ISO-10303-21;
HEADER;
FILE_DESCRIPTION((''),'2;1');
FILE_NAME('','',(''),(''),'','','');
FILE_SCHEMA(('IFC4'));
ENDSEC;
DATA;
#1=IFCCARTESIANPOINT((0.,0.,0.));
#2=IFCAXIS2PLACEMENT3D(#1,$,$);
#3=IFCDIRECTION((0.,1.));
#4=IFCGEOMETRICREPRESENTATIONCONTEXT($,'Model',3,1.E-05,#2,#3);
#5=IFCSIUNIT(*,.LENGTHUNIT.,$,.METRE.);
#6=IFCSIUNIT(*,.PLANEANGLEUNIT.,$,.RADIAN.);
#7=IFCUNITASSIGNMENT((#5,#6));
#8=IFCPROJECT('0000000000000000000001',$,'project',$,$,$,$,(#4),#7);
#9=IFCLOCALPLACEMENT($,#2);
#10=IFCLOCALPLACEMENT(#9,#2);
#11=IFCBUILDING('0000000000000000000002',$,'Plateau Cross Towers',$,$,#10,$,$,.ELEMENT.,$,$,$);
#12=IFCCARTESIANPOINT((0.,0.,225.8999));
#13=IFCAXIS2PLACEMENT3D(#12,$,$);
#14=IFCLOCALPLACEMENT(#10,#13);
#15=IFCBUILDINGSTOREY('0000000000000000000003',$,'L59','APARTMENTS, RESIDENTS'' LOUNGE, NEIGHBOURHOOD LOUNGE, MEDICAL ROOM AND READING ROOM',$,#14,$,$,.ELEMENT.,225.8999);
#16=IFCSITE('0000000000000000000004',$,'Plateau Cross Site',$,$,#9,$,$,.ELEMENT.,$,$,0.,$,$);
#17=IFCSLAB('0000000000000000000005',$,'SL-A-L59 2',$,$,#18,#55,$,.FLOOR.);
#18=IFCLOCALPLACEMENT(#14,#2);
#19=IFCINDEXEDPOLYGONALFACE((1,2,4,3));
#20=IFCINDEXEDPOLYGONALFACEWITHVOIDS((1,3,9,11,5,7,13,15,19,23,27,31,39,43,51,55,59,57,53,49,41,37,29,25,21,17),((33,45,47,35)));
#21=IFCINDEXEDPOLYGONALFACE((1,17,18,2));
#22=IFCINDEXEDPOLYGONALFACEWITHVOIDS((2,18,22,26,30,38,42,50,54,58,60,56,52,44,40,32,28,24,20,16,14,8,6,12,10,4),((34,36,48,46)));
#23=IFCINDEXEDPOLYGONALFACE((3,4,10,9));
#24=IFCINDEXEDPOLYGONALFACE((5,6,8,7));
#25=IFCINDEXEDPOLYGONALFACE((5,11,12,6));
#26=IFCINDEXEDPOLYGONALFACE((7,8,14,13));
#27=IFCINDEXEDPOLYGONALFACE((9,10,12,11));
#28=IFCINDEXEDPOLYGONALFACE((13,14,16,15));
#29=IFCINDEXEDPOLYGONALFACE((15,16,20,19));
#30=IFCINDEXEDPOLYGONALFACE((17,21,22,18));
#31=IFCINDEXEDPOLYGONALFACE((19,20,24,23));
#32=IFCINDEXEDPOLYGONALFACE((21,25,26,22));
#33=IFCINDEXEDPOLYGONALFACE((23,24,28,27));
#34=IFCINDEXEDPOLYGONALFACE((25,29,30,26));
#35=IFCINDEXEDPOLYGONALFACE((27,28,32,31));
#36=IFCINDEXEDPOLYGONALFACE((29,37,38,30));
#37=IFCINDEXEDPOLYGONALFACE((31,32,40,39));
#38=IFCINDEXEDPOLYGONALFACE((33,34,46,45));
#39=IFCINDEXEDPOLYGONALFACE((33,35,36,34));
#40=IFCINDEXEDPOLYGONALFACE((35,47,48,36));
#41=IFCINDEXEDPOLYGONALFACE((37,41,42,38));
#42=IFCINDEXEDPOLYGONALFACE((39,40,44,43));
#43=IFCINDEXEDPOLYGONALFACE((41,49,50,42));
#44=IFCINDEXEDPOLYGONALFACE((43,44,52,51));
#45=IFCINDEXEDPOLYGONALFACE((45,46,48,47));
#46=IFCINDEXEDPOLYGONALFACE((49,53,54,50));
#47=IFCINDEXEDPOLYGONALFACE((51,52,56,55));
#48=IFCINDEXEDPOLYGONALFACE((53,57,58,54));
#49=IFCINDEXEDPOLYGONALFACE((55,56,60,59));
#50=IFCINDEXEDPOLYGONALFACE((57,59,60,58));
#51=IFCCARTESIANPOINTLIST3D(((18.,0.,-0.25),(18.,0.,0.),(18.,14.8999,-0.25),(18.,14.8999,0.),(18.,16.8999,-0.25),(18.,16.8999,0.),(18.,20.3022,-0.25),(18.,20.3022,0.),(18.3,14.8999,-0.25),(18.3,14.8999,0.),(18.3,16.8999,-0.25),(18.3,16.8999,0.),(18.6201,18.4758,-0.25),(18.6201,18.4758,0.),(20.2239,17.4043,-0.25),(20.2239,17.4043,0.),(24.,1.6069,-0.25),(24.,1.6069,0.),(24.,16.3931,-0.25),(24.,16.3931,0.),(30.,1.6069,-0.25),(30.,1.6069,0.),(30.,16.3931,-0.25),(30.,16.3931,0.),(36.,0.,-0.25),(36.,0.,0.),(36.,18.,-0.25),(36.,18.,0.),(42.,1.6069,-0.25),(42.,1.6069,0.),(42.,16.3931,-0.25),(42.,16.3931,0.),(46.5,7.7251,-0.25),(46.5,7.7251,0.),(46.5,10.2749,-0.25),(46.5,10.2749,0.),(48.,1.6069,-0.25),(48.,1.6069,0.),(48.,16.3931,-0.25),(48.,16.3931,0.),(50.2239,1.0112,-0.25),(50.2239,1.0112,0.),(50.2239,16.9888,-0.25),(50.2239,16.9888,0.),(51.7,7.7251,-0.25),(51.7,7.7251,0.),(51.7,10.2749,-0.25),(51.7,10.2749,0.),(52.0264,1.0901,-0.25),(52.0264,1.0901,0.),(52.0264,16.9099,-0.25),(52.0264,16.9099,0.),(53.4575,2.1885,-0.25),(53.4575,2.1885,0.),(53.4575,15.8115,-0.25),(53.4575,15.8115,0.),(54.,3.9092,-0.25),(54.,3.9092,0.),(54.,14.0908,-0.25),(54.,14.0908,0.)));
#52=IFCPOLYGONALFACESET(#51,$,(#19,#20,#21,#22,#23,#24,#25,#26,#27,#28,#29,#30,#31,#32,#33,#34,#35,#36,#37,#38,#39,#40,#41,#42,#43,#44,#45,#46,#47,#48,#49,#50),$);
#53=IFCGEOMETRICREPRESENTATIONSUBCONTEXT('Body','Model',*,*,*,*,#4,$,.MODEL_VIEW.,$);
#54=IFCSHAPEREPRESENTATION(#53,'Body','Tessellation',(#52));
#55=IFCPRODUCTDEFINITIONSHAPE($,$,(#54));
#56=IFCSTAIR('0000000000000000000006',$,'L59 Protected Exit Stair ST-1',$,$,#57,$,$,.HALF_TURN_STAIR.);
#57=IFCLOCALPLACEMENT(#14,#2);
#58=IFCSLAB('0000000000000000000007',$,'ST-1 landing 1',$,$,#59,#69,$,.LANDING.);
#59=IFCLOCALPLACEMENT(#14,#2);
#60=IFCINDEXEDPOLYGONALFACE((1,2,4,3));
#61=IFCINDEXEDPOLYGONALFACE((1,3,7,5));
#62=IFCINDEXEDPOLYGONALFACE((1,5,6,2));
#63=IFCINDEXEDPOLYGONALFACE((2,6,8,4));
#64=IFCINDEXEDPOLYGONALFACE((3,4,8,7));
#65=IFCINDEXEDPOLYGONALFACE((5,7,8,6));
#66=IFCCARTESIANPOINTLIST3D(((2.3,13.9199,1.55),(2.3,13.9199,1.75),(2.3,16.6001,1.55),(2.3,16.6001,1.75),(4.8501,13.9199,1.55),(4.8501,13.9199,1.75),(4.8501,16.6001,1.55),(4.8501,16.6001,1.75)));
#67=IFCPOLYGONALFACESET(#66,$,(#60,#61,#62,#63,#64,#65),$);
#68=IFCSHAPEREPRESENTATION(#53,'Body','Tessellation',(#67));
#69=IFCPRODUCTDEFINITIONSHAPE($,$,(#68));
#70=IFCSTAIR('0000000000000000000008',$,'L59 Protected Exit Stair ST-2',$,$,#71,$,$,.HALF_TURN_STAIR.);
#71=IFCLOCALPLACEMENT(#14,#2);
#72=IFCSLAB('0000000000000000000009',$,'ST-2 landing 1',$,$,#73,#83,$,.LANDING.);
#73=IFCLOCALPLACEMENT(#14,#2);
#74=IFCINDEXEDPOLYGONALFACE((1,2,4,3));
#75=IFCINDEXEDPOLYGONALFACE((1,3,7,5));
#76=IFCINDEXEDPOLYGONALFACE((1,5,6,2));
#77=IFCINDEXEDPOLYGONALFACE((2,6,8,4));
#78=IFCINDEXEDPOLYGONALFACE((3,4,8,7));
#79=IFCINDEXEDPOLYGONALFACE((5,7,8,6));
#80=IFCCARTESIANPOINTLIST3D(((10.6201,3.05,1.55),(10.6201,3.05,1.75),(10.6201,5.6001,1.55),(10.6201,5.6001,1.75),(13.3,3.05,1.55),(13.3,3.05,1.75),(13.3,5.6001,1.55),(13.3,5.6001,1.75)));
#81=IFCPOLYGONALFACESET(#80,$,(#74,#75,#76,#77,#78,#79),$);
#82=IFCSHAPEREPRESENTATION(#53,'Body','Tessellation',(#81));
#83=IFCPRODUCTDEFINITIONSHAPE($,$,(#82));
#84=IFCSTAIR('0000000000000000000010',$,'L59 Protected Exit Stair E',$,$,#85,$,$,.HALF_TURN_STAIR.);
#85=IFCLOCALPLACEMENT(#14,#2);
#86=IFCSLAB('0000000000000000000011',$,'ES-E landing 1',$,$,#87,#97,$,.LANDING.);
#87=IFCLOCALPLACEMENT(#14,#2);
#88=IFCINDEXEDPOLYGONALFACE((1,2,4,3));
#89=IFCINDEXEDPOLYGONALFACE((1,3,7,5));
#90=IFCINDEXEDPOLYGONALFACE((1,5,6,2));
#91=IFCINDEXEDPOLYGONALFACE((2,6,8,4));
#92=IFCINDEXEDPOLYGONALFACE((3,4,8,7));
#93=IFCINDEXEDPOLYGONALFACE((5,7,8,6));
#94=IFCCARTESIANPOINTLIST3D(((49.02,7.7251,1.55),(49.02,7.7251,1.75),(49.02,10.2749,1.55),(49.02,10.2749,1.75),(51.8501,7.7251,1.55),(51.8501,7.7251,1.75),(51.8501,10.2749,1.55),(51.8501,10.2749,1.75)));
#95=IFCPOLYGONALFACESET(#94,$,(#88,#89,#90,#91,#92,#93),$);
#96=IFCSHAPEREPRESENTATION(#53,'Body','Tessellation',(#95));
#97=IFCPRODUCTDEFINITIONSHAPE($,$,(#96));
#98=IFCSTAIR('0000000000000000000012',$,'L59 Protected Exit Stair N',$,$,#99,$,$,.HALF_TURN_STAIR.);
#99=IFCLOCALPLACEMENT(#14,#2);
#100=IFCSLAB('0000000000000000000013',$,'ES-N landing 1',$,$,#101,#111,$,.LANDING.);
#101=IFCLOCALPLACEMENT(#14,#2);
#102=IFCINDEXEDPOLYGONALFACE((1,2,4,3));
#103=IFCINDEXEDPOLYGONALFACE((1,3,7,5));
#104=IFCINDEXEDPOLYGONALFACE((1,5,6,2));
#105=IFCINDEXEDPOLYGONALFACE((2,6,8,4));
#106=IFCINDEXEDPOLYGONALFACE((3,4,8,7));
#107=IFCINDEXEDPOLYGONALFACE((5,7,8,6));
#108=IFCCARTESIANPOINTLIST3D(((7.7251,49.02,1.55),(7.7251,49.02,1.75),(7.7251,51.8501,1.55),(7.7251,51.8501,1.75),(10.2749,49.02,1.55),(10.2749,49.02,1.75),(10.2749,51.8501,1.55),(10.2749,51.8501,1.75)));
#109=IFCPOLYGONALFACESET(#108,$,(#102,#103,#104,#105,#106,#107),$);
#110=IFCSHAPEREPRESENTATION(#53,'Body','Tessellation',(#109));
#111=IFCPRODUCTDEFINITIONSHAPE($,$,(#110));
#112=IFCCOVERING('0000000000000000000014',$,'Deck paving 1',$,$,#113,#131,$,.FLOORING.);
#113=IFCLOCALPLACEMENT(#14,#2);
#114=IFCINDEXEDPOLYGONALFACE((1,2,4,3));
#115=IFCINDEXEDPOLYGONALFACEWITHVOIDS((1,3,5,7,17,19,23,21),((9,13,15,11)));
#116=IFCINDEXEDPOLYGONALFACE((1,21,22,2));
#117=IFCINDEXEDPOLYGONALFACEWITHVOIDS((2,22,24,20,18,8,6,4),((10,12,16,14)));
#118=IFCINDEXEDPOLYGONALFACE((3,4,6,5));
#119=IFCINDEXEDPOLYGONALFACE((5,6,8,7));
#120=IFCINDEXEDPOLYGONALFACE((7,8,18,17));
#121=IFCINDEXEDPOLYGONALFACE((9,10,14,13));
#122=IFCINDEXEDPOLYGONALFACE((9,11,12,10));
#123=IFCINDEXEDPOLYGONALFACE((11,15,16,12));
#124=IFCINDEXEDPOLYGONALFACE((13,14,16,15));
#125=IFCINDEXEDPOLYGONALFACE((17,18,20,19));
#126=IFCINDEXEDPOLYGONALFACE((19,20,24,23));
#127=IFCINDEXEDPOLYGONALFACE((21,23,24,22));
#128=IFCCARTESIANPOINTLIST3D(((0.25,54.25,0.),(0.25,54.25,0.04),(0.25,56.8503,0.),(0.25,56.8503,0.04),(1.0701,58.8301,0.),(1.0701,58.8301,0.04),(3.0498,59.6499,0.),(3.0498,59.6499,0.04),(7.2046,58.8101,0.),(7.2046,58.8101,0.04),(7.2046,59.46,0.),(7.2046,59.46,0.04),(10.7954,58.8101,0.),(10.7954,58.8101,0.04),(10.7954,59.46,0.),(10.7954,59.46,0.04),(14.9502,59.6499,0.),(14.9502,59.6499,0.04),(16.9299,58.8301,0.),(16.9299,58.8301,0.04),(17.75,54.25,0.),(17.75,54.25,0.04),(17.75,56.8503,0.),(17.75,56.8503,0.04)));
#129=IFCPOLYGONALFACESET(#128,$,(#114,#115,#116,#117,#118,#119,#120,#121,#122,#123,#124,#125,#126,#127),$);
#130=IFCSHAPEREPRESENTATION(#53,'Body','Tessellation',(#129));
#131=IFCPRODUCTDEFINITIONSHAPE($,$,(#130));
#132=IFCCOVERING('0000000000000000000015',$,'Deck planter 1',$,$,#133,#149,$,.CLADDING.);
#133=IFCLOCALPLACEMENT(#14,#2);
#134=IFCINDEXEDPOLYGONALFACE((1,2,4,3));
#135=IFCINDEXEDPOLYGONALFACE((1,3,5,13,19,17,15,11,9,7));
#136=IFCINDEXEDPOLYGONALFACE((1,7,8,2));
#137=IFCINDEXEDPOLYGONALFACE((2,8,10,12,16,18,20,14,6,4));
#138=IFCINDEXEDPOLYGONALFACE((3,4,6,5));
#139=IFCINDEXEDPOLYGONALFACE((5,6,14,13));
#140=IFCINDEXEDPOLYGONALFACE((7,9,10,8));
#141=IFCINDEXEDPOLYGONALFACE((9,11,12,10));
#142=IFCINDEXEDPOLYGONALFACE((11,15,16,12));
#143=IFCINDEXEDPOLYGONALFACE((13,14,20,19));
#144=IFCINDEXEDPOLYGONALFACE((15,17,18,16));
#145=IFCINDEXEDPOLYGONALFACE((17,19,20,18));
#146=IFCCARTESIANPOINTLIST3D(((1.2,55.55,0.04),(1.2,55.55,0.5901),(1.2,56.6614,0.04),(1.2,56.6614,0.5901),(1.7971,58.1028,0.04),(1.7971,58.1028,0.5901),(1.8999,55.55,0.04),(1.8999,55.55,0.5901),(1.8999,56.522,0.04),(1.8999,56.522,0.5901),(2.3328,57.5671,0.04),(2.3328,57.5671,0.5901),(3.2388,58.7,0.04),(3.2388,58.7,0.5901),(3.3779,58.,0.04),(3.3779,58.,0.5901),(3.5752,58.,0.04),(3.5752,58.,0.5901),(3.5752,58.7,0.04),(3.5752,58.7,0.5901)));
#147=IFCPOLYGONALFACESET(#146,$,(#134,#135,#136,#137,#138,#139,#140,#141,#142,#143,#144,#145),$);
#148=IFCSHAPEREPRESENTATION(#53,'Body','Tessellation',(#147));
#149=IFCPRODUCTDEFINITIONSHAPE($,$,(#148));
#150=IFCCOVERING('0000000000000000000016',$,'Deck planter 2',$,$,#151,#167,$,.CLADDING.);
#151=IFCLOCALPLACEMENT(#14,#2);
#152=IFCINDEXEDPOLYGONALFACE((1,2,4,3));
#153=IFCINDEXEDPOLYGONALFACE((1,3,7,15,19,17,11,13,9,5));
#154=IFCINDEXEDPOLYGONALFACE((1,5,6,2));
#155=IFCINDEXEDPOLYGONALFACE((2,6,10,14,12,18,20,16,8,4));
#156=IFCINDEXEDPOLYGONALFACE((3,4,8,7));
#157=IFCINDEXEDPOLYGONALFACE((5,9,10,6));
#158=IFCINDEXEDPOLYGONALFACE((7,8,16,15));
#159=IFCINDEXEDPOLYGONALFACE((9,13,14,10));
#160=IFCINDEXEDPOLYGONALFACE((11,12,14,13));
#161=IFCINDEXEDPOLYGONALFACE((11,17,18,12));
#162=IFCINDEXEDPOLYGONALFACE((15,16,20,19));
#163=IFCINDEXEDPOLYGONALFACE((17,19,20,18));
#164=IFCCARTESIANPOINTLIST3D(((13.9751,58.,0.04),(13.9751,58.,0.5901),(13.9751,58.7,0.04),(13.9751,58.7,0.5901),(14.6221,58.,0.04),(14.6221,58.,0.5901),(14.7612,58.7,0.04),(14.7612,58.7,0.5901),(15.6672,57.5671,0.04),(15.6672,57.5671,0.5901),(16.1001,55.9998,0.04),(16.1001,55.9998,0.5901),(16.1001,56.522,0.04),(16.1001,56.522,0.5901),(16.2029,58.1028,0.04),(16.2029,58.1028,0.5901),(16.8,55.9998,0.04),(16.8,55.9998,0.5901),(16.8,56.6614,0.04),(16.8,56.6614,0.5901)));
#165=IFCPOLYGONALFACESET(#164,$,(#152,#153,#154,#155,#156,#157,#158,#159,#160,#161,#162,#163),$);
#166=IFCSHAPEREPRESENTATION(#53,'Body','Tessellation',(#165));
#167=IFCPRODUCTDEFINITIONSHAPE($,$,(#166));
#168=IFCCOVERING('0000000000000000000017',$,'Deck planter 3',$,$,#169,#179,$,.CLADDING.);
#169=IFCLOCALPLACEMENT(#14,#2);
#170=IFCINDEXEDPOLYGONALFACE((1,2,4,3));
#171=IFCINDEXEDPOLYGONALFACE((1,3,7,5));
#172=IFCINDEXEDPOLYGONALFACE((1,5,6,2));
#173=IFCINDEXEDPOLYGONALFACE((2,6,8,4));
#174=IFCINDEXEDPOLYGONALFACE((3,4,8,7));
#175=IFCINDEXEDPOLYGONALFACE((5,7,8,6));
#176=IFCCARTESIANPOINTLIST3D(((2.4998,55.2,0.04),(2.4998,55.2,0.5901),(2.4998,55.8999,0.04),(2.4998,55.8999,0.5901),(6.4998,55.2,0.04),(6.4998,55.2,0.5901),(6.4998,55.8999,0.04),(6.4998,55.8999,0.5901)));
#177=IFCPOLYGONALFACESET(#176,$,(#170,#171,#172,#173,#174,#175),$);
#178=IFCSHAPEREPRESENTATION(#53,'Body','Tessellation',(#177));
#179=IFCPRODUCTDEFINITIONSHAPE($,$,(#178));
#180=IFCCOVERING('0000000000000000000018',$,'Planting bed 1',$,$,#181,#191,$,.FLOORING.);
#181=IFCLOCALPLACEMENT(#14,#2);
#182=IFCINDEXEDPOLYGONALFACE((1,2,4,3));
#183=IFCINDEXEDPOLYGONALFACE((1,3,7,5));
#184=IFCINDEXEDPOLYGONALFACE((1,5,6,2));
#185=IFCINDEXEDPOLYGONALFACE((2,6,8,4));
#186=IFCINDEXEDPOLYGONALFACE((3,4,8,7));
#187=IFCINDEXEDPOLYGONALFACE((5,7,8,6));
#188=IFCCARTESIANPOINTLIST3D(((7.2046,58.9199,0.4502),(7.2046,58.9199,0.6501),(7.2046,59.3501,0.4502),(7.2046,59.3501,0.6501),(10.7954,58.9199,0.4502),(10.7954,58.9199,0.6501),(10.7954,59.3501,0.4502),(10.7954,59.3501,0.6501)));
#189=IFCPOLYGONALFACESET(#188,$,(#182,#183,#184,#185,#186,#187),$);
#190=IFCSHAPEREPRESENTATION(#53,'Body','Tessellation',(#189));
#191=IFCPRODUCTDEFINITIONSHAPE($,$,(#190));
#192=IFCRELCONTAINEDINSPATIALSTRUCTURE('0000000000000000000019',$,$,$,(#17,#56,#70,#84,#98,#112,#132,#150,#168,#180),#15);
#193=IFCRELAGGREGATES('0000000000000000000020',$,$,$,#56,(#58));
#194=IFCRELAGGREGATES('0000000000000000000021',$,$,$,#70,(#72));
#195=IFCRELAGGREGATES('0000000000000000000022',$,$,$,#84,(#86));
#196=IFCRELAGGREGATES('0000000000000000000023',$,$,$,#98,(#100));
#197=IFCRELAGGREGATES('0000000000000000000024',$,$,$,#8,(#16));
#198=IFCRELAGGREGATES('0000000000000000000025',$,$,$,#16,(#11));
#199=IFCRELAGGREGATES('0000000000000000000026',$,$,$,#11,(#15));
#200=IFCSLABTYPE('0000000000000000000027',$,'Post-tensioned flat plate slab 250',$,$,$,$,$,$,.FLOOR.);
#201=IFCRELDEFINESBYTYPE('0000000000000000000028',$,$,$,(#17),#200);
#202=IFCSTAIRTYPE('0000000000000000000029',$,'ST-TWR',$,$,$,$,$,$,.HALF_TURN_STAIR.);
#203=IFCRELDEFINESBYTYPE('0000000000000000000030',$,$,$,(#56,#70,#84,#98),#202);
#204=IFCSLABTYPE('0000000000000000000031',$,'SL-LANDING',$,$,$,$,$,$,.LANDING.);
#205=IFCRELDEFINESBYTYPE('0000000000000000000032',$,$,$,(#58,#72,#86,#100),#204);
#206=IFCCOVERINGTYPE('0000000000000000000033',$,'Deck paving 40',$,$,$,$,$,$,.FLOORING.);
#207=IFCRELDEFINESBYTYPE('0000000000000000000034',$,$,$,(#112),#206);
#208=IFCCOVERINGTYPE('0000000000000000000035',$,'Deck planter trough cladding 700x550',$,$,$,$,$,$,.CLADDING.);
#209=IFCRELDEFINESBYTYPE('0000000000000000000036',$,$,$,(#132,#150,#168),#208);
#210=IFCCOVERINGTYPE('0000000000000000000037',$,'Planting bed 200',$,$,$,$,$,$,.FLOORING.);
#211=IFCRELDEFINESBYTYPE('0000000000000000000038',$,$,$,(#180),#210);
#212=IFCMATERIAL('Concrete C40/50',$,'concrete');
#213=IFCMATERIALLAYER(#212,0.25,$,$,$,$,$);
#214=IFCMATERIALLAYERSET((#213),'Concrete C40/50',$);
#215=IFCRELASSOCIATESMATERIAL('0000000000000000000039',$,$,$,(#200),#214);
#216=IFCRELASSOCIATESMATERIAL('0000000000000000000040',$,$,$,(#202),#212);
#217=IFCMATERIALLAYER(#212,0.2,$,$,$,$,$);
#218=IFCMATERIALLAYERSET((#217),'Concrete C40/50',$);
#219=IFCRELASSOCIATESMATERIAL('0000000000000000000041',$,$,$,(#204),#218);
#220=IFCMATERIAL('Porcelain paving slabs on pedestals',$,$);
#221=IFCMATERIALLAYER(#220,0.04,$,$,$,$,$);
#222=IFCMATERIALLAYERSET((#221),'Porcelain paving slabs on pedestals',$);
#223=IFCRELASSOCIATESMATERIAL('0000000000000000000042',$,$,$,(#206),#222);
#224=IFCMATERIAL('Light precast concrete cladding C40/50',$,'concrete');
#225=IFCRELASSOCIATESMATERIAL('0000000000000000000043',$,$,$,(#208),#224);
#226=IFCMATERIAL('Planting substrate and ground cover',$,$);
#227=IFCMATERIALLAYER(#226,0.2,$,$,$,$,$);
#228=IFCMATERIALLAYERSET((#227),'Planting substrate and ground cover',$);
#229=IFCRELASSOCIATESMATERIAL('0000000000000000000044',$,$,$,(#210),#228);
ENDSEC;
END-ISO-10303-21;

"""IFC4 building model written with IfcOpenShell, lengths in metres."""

from ifc_helpers import new_model, si_unit, direction, frame, origin, place, context, subcontext, project, spatial, polyline, outline, extrude, material, layer, layer_set, type_object, element, aggregate, save


model = new_model("IFC4")

# Units and contexts
model_context = context("Model", 3, precision=1e-05, world=origin(), true_north=direction((0.0, 1.0)))
body_context = subcontext(model_context, "Body", "Model", "MODEL_VIEW")
ifc_project = project(units=[si_unit("LENGTHUNIT", "METRE"), si_unit("PLANEANGLEUNIT", "RADIAN")], contexts=[model_context])

# Site, building, storey
site_placement = place(None, origin())
site = spatial("IfcSite", under=ifc_project, at=site_placement, Name="Plateau Cross Site", CompositionType="ELEMENT", RefElevation=0.0)
building_placement = place(site_placement, origin())
building = spatial("IfcBuilding", under=site, at=building_placement, Name="Plateau Cross Towers", CompositionType="ELEMENT")
storey_placement = place(building_placement, frame((0.0, 0.0, 225.8999)))
storey = spatial("IfcBuildingStorey", under=building, at=storey_placement, Name="L59", Description="APARTMENTS, RESIDENTS' LOUNGE, NEIGHBOURHOOD LOUNGE, MEDICAL ROOM AND READING ROOM", CompositionType="ELEMENT", Elevation=225.8999)

# Shared definitions
ifc_material_1 = material(Name="Concrete C40/50", Category="concrete")

# Slab
ifc_layer_1 = layer(ifc_material_1, 0.25)
ifc_layer_set_1 = layer_set([ifc_layer_1], Name="Concrete C40/50")
slab_type_1 = type_object("IfcSlabType", Name="Post-tensioned flat plate slab 250", PredefinedType="FLOOR", material=ifc_layer_set_1)
slab_1_placement = place(storey_placement, frame((0.0, 0.0, -0.25)))
element("IfcSlab", 1, at=slab_1_placement, inside=storey, type_object=slab_type_1, Name="SL-A-L59 2", PredefinedType="FLOOR", context=body_context, shape_type="SweptSolid", body=[
    extrude(outline(polyline([(18.6201, 18.4758), (20.2239, 17.4043), (24.0, 16.3931), (30.0, 16.3931), (36.0, 18.0), (42.0, 16.3931), (48.0, 16.3931), (50.2239, 16.9888), (52.0264, 16.9099), (53.4575, 15.8115), (54.0, 14.0908), (54.0, 3.9092), (53.4575, 2.1885), (52.0264, 1.0901), (50.2239, 1.0112), (48.0, 1.6069), (42.0, 1.6069), (36.0, 0.0), (30.0, 1.6069), (24.0, 1.6069), (18.0, 0.0), (18.0, 14.8999), (18.3, 14.8999), (18.3, 16.8999), (18.0, 16.8999), (18.0, 20.3022), (18.6201, 18.4758)]), holes=[polyline([(46.5, 10.2749), (46.5, 7.7251), (51.7, 7.7251), (51.7, 10.2749), (46.5, 10.2749)])]), origin(), (0.0, 0.0, 1.0), 0.25),
])

# Stairs, slabs
stair_type = type_object("IfcStairType", Name="ST-TWR", PredefinedType="HALF_TURN_STAIR", material=ifc_material_1)
stair_1_placement = place(storey_placement, origin())
stair_1 = element("IfcStair", 2, at=stair_1_placement, inside=storey, type_object=stair_type, Name="L59 Protected Exit Stair ST-1", PredefinedType="HALF_TURN_STAIR")
ifc_layer_2 = layer(ifc_material_1, 0.2)
ifc_layer_set_2 = layer_set([ifc_layer_2], Name="Concrete C40/50")
slab_type_2 = type_object("IfcSlabType", Name="SL-LANDING", PredefinedType="LANDING", material=ifc_layer_set_2)
slab_2_placement = place(storey_placement, frame((0.0, 0.0, 1.55)))
slab_2 = element("IfcSlab", 3, at=slab_2_placement, type_object=slab_type_2, Name="ST-1 landing 1", PredefinedType="LANDING", context=body_context, shape_type="SweptSolid", body=[
    extrude(outline(polyline([(4.8501, 13.9199), (4.8501, 16.6001), (2.3, 16.6001), (2.3, 13.9199), (4.8501, 13.9199)])), origin(), (0.0, 0.0, 1.0), 0.2),
])
aggregate(stair_1, [slab_2])
stair_2_placement = place(storey_placement, origin())
stair_2 = element("IfcStair", 4, at=stair_2_placement, inside=storey, type_object=stair_type, Name="L59 Protected Exit Stair ST-2", PredefinedType="HALF_TURN_STAIR")
slab_3_placement = place(storey_placement, frame((0.0, 0.0, 1.55)))
slab_3 = element("IfcSlab", 5, at=slab_3_placement, type_object=slab_type_2, Name="ST-2 landing 1", PredefinedType="LANDING", context=body_context, shape_type="SweptSolid", body=[
    extrude(outline(polyline([(10.6201, 3.05), (13.3, 3.05), (13.3, 5.6001), (10.6201, 5.6001), (10.6201, 3.05)])), origin(), (0.0, 0.0, 1.0), 0.2),
])
aggregate(stair_2, [slab_3])
stair_3_placement = place(storey_placement, origin())
stair_3 = element("IfcStair", 6, at=stair_3_placement, inside=storey, type_object=stair_type, Name="L59 Protected Exit Stair E", PredefinedType="HALF_TURN_STAIR")
slab_4_placement = place(storey_placement, frame((0.0, 0.0, 1.55)))
slab_4 = element("IfcSlab", 7, at=slab_4_placement, type_object=slab_type_2, Name="ES-E landing 1", PredefinedType="LANDING", context=body_context, shape_type="SweptSolid", body=[
    extrude(outline(polyline([(49.02, 7.7251), (51.8501, 7.7251), (51.8501, 10.2749), (49.02, 10.2749), (49.02, 7.7251)])), origin(), (0.0, 0.0, 1.0), 0.2),
])
aggregate(stair_3, [slab_4])
stair_4_placement = place(storey_placement, origin())
stair_4 = element("IfcStair", 8, at=stair_4_placement, inside=storey, type_object=stair_type, Name="L59 Protected Exit Stair N", PredefinedType="HALF_TURN_STAIR")
slab_5_placement = place(storey_placement, frame((0.0, 0.0, 1.55)))
slab_5 = element("IfcSlab", 9, at=slab_5_placement, type_object=slab_type_2, Name="ES-N landing 1", PredefinedType="LANDING", context=body_context, shape_type="SweptSolid", body=[
    extrude(outline(polyline([(10.2749, 49.02), (10.2749, 51.8501), (7.7251, 51.8501), (7.7251, 49.02), (10.2749, 49.02)])), origin(), (0.0, 0.0, 1.0), 0.2),
])
aggregate(stair_4, [slab_5])

# Coverings
ifc_material_2 = material(Name="Porcelain paving slabs on pedestals")
ifc_layer_3 = layer(ifc_material_2, 0.04)
ifc_layer_set_3 = layer_set([ifc_layer_3], Name="Porcelain paving slabs on pedestals")
covering_type_1 = type_object("IfcCoveringType", Name="Deck paving 40", PredefinedType="FLOORING", material=ifc_layer_set_3)
covering_1_placement = place(storey_placement, origin())
element("IfcCovering", 10, at=covering_1_placement, inside=storey, type_object=covering_type_1, Name="Deck paving 1", PredefinedType="FLOORING", context=body_context, shape_type="SweptSolid", body=[
    extrude(outline(polyline([(0.25, 56.8503), (1.0701, 58.8301), (3.0498, 59.6499), (14.9502, 59.6499), (16.9299, 58.8301), (17.75, 56.8503), (17.75, 54.25), (0.25, 54.25), (0.25, 56.8503)]), holes=[polyline([(7.2046, 59.46), (7.2046, 58.8101), (10.7954, 58.8101), (10.7954, 59.46), (7.2046, 59.46)])]), origin(), (0.0, 0.0, 1.0), 0.04),
])
ifc_material_3 = material(Name="Light precast concrete cladding C40/50", Category="concrete")
covering_type_2 = type_object("IfcCoveringType", Name="Deck planter trough cladding 700x550", PredefinedType="CLADDING", material=ifc_material_3)
covering_2_placement = place(storey_placement, frame((0.0, 0.0, 0.04)))
element("IfcCovering", 11, at=covering_2_placement, inside=storey, type_object=covering_type_2, Name="Deck planter 1", PredefinedType="CLADDING", context=body_context, shape_type="SweptSolid", body=[
    extrude(outline(polyline([(1.2, 56.6614), (1.7971, 58.1028), (3.2388, 58.7), (3.5752, 58.7), (3.5752, 58.0), (3.3779, 58.0), (2.3328, 57.5671), (1.8999, 56.522), (1.8999, 55.55), (1.2, 55.55), (1.2, 56.6614)])), origin(), (0.0, 0.0, 1.0), 0.55),
])
covering_3_placement = place(storey_placement, frame((0.0, 0.0, 0.04)))
element("IfcCovering", 12, at=covering_3_placement, inside=storey, type_object=covering_type_2, Name="Deck planter 2", PredefinedType="CLADDING", context=body_context, shape_type="SweptSolid", body=[
    extrude(outline(polyline([(14.7612, 58.7), (16.2029, 58.1028), (16.8, 56.6614), (16.8, 55.9998), (16.1001, 55.9998), (16.1001, 56.522), (15.6672, 57.5671), (14.6221, 58.0), (13.9751, 58.0), (13.9751, 58.7), (14.7612, 58.7)])), origin(), (0.0, 0.0, 1.0), 0.55),
])
covering_4_placement = place(storey_placement, frame((0.0, 0.0, 0.04)))
element("IfcCovering", 13, at=covering_4_placement, inside=storey, type_object=covering_type_2, Name="Deck planter 3", PredefinedType="CLADDING", context=body_context, shape_type="SweptSolid", body=[
    extrude(outline(polyline([(2.4998, 55.2), (2.4998, 55.8999), (6.4998, 55.8999), (6.4998, 55.2), (2.4998, 55.2)])), origin(), (0.0, 0.0, 1.0), 0.55),
])
ifc_material_4 = material(Name="Planting substrate and ground cover")
ifc_layer_4 = layer(ifc_material_4, 0.2)
ifc_layer_set_4 = layer_set([ifc_layer_4], Name="Planting substrate and ground cover")
covering_type_3 = type_object("IfcCoveringType", Name="Planting bed 200", PredefinedType="FLOORING", material=ifc_layer_set_4)
covering_5_placement = place(storey_placement, frame((0.0, 0.0, 0.4502)))
element("IfcCovering", 14, at=covering_5_placement, inside=storey, type_object=covering_type_3, Name="Planting bed 1", PredefinedType="FLOORING", context=body_context, shape_type="SweptSolid", body=[
    extrude(outline(polyline([(10.7954, 59.3501), (10.7954, 58.9199), (7.2046, 58.9199), (7.2046, 59.3501), (10.7954, 59.3501)])), origin(), (0.0, 0.0, 1.0), 0.2),
])

save(model, "model.ifc")
